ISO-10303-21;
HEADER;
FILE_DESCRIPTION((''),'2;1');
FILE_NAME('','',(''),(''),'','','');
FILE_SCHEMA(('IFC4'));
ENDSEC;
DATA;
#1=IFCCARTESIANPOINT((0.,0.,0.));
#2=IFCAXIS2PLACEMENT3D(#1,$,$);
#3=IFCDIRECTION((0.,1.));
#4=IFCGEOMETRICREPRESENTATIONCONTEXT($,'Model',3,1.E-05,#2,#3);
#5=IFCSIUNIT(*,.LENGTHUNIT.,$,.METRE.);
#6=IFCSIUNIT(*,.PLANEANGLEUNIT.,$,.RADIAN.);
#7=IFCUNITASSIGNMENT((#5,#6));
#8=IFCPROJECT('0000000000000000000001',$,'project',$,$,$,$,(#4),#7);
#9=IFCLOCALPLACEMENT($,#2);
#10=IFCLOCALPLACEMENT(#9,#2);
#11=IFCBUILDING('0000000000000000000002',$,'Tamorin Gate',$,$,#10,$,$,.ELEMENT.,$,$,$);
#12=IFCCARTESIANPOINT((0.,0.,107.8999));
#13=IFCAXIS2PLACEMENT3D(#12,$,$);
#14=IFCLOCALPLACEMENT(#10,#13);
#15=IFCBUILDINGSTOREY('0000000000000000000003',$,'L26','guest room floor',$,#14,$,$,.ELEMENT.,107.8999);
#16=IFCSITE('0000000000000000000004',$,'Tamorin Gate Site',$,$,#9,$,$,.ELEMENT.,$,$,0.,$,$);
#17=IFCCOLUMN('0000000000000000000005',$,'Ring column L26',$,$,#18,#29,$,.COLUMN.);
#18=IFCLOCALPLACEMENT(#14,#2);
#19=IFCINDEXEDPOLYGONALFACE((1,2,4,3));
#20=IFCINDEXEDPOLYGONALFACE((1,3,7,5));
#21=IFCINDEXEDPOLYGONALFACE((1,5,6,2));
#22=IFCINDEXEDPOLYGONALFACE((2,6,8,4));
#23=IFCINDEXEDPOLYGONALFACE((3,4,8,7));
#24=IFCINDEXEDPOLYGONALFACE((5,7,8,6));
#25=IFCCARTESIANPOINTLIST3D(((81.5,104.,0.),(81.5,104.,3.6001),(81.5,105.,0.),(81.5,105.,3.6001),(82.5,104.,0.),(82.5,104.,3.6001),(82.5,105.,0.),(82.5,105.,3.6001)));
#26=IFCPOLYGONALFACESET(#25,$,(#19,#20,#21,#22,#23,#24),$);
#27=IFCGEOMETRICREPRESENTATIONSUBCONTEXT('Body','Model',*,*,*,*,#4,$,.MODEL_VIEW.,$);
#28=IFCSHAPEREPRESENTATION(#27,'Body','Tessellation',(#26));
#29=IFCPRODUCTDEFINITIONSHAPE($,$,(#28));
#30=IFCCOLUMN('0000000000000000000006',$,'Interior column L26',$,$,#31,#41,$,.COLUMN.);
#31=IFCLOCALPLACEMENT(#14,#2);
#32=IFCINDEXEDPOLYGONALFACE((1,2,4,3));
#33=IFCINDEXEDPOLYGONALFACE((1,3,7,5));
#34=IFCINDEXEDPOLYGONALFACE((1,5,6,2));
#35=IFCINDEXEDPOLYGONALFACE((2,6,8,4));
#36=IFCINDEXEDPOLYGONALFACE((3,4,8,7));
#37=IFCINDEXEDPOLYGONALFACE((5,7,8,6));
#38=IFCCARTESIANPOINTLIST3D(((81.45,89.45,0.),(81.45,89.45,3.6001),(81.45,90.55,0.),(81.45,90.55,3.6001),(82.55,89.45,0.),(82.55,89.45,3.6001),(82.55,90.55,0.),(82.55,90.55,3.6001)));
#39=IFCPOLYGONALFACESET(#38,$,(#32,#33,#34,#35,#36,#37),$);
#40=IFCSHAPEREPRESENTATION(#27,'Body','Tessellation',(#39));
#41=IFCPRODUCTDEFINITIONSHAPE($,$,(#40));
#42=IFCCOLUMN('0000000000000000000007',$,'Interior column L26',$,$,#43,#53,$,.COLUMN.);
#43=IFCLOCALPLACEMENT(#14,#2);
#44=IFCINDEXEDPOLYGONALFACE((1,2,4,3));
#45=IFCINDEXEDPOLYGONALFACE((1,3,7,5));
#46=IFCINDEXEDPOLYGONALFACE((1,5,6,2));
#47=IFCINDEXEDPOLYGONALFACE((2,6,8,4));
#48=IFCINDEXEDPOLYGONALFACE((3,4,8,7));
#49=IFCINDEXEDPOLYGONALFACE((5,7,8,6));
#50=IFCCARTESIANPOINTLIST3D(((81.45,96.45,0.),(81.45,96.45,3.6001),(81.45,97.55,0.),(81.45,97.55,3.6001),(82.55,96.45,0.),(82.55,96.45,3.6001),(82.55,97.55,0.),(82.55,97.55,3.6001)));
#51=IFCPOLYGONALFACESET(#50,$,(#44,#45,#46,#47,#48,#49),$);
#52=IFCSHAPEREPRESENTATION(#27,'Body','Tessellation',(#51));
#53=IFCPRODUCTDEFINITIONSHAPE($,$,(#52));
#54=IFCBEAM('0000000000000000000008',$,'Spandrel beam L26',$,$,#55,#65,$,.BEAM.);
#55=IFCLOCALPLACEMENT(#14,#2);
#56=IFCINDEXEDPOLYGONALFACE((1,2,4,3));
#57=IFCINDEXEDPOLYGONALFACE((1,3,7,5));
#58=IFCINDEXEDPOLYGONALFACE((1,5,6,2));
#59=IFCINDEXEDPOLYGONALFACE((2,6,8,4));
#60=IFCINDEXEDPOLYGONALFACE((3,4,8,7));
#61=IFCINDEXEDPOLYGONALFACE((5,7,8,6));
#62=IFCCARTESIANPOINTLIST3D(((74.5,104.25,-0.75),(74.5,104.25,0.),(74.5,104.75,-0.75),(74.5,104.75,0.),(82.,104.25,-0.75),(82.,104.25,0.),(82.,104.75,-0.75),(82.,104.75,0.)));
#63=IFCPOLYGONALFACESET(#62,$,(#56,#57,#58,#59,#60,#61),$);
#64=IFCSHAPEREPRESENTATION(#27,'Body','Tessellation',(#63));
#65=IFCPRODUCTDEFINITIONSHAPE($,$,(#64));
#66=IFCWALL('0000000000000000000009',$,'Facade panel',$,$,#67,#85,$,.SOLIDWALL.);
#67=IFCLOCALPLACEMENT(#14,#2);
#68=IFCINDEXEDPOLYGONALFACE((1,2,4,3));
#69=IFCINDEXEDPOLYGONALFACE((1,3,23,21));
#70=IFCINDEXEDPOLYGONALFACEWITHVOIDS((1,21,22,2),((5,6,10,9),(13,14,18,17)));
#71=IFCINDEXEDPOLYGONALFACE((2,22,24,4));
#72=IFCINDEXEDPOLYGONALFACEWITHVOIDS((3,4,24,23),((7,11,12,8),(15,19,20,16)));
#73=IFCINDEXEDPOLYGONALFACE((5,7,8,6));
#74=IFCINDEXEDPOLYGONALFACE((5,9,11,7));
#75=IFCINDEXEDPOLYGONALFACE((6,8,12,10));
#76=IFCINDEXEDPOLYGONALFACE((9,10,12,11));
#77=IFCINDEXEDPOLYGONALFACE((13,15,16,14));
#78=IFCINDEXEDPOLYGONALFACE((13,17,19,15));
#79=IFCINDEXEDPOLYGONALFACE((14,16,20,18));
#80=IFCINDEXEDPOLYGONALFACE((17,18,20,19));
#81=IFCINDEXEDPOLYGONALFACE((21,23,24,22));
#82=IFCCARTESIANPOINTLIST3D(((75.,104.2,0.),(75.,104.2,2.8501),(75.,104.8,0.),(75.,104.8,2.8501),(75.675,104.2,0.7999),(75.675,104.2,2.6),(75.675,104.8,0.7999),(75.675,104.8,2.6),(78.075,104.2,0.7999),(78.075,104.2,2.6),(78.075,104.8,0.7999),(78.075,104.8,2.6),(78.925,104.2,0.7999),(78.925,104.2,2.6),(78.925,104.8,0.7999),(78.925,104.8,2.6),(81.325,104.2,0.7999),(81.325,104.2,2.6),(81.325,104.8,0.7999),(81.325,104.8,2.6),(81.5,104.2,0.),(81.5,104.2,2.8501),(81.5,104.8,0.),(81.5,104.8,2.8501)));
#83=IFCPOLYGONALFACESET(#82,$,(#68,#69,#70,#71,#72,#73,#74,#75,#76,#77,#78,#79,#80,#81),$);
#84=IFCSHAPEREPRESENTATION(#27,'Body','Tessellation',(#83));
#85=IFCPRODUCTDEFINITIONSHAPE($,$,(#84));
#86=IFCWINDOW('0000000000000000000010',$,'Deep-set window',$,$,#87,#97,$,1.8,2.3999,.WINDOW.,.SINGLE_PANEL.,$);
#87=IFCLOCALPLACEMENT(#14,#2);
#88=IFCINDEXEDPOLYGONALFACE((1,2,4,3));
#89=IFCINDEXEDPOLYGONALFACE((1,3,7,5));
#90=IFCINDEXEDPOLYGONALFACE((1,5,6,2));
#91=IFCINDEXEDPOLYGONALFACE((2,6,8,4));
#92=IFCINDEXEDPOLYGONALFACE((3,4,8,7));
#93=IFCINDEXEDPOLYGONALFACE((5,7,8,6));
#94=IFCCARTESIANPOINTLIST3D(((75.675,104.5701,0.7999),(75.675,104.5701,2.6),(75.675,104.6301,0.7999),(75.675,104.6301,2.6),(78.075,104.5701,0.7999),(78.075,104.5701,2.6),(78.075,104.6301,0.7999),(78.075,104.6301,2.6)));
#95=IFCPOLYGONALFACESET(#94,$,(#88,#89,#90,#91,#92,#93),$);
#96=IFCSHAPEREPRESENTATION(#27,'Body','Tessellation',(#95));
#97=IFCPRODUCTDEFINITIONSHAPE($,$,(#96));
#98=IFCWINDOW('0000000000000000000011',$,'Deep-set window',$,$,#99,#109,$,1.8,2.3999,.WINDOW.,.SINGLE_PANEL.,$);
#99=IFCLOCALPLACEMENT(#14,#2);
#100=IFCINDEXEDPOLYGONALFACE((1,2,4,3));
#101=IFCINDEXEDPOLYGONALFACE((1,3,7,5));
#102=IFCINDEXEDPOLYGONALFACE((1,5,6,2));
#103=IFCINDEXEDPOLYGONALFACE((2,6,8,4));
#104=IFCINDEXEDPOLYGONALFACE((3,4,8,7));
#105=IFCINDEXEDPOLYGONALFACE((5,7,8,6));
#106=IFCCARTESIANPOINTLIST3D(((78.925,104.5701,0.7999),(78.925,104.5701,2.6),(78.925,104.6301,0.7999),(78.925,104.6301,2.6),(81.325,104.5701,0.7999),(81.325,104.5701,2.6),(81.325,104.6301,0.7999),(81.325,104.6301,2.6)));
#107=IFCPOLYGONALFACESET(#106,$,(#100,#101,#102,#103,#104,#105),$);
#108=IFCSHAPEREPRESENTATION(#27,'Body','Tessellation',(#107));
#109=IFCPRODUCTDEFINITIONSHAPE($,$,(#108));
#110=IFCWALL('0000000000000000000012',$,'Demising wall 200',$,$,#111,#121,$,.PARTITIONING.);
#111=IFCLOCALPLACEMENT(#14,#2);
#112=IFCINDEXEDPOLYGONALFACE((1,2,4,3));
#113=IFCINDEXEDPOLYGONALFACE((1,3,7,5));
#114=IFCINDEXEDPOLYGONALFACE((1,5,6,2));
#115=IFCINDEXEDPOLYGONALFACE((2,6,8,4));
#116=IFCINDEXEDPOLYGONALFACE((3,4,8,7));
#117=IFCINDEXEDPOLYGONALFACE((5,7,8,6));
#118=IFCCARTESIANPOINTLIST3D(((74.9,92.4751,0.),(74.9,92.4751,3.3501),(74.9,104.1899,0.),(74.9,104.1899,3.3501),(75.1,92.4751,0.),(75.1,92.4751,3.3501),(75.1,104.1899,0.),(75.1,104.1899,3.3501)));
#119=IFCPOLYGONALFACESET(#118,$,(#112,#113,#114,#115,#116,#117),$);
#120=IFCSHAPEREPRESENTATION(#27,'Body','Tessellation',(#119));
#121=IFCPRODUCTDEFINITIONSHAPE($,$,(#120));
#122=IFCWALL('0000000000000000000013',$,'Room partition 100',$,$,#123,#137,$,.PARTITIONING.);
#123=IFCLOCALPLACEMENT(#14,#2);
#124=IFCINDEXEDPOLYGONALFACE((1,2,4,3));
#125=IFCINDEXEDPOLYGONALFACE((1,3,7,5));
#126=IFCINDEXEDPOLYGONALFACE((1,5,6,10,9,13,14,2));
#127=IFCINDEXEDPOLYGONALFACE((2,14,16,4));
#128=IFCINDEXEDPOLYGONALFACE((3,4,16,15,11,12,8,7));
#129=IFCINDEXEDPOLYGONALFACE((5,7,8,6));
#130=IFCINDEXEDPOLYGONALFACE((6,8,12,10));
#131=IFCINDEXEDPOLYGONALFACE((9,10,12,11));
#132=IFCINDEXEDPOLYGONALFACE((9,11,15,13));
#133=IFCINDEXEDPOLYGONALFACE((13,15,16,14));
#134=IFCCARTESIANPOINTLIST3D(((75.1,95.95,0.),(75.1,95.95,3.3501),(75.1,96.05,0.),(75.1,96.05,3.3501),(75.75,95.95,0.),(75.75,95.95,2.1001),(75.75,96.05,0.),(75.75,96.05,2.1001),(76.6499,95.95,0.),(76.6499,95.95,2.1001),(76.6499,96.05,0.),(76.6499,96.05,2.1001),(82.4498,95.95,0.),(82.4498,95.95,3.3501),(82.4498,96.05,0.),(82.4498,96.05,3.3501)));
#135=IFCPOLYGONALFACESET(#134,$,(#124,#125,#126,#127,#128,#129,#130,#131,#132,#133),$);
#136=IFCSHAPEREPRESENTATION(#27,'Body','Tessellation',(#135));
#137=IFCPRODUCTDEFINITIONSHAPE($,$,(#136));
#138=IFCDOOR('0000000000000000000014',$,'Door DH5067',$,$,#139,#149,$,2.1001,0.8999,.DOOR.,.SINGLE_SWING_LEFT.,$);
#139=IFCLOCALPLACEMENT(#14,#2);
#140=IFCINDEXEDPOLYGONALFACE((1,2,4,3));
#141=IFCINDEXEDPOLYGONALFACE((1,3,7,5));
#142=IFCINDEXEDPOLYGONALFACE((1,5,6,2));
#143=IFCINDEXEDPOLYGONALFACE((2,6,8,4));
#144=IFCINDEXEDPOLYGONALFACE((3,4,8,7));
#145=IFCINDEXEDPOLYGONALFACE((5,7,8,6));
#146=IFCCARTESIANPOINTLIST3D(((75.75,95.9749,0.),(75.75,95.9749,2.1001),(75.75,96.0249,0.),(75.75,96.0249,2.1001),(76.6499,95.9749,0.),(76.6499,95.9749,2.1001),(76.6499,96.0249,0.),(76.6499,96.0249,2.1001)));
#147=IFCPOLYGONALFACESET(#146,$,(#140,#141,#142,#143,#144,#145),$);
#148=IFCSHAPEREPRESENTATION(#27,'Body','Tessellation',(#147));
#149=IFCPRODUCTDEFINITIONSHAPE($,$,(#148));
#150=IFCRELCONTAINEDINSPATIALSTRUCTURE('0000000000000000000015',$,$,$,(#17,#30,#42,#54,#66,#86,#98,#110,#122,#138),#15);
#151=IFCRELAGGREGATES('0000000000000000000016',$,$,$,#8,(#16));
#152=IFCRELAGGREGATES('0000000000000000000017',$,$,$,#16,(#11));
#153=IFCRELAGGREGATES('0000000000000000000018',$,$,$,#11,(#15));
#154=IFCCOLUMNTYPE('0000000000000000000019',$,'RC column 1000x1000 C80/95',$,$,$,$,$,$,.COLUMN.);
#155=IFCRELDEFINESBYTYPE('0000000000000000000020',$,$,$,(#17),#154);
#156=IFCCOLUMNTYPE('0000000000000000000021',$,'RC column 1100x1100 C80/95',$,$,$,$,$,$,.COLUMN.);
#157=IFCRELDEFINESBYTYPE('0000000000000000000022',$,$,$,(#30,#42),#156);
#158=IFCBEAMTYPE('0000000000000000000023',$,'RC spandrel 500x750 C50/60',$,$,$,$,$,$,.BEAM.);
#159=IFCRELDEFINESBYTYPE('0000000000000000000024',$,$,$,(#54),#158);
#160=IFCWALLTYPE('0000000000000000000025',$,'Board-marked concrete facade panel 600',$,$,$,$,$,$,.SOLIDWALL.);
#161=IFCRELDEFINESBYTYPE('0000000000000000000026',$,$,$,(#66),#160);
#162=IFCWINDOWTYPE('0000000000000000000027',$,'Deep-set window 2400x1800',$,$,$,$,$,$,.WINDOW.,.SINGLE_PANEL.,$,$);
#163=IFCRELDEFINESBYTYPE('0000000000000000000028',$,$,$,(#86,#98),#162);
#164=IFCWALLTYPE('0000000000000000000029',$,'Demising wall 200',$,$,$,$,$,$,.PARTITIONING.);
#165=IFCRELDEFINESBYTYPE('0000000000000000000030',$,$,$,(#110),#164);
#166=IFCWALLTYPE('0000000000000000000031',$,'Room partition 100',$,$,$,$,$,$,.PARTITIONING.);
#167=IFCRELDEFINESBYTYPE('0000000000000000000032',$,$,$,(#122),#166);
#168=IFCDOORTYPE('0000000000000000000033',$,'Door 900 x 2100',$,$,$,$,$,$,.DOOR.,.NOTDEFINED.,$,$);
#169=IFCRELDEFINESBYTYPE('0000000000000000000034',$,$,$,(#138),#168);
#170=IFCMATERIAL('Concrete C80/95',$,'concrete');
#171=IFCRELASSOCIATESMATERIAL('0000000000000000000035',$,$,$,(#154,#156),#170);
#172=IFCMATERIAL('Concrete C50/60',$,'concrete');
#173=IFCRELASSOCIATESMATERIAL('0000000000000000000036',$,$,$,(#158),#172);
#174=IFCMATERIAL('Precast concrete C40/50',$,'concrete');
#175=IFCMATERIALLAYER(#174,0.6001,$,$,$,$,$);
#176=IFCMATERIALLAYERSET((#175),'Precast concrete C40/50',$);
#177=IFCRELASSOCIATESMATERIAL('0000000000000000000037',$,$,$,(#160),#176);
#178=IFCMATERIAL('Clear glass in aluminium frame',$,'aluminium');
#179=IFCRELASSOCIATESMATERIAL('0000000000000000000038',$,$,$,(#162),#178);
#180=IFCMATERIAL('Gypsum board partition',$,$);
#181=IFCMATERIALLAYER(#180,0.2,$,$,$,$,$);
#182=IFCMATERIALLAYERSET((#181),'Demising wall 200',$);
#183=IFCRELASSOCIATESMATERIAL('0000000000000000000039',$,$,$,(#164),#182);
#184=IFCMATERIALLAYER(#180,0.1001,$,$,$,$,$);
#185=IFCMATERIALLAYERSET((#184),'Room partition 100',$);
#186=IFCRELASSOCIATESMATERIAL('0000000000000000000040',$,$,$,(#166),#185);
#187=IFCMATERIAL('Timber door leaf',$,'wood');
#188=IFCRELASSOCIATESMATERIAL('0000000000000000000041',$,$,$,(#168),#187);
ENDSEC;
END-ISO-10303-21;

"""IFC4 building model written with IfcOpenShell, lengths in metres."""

from ifc_helpers import new_model, si_unit, direction, frame, frame_2d, origin, origin_2d, place, context, subcontext, project, spatial, rectangle, extrude, material, layer, layer_set, material_profile, profile_set, type_object, element, fill, save


model = new_model("IFC4")

# Units and contexts
model_context = context("Model", 3, precision=1e-05, world=origin(), true_north=direction((0.0, 1.0)))
body_context = subcontext(model_context, "Body", "Model", "MODEL_VIEW")
ifc_project = project(units=[si_unit("LENGTHUNIT", "METRE"), si_unit("PLANEANGLEUNIT", "RADIAN")], contexts=[model_context])

# Site, building, storey
site_placement = place(None, origin())
site = spatial("IfcSite", under=ifc_project, at=site_placement, Name="Tamorin Gate Site", CompositionType="ELEMENT", RefElevation=0.0)
building_placement = place(site_placement, origin())
building = spatial("IfcBuilding", under=site, at=building_placement, Name="Tamorin Gate", CompositionType="ELEMENT")
storey_placement = place(building_placement, frame((0.0, 0.0, 107.8999)))
storey = spatial("IfcBuildingStorey", under=building, at=storey_placement, Name="L26", Description="guest room floor", CompositionType="ELEMENT", Elevation=107.8999)

# Columns
ifc_material_1 = material(Name="Concrete C80/95", Category="concrete")
ifc_material_profile_1 = material_profile(ifc_material_1, rectangle(XDim=1.0, YDim=1.0, at=origin_2d()), Name="RC 1000x1000")
ifc_profile_set_1 = profile_set([ifc_material_profile_1], Name="Concrete C80/95")
column_type_1 = type_object("IfcColumnType", Name="RC column 1000x1000 C80/95", PredefinedType="COLUMN", material=ifc_profile_set_1)
column_placement = place(storey_placement, frame((82.0, 104.5, 0.0), z_axis=(0.0, 0.0, 1.0), x_axis=(1.0, 0.0, 0.0)))
element("IfcColumn", 1, at=column_placement, inside=storey, type_object=column_type_1, Name="Ring column L26", PredefinedType="COLUMN", context=body_context, shape_type="SweptSolid", body=[
    extrude(rectangle(XDim=1.0, YDim=1.0, at=origin_2d()), origin(), (0.0, 0.0, 1.0), 3.6001),
])
ifc_material_profile_2 = material_profile(ifc_material_1, rectangle(XDim=1.1001, YDim=1.1001, at=origin_2d()), Name="RC 1100x1100")
ifc_profile_set_2 = profile_set([ifc_material_profile_2], Name="Concrete C80/95")
column_type_2 = type_object("IfcColumnType", Name="RC column 1100x1100 C80/95", PredefinedType="COLUMN", material=ifc_profile_set_2)
for number, where, z_axis, x_axis, name in (
    (2, (82.0, 90.0, 0.0), (0.0, 0.0, 1.0), (1.0, 0.0, 0.0), "Interior column L26"),
    (3, (82.0, 97.0, 0.0), (0.0, 0.0, 1.0), (1.0, 0.0, 0.0), "Interior column L26"),
):
    element("IfcColumn", number, at=place(storey_placement, frame(where, z_axis=z_axis, x_axis=x_axis)), inside=storey, type_object=column_type_2, Name=name, PredefinedType="COLUMN", context=body_context, shape_type="SweptSolid", body=[
        extrude(rectangle(XDim=1.1001, YDim=1.1001, at=origin_2d()), origin(), (0.0, 0.0, 1.0), 3.6001),
    ])

# Beam
ifc_material_2 = material(Name="Concrete C50/60", Category="concrete")
ifc_material_profile_3 = material_profile(ifc_material_2, rectangle(XDim=0.5, YDim=0.75, at=origin_2d()), Name="RC 500x750")
ifc_profile_set_3 = profile_set([ifc_material_profile_3], Name="Concrete C50/60")
beam_type = type_object("IfcBeamType", Name="RC spandrel 500x750 C50/60", PredefinedType="BEAM", material=ifc_profile_set_3)
beam_placement = place(storey_placement, frame((82.0, 104.5, -0.375), z_axis=(-1.0, 0.0, 0.0), x_axis=(0.0, -1.0, 0.0)))
element("IfcBeam", 4, at=beam_placement, inside=storey, type_object=beam_type, Name="Spandrel beam L26", PredefinedType="BEAM", context=body_context, shape_type="SweptSolid", body=[
    extrude(rectangle(XDim=0.5, YDim=0.75, at=origin_2d()), origin(), (0.0, 0.0, 1.0), 7.5),
])

# Wall, openings, windows
ifc_material_3 = material(Name="Precast concrete C40/50", Category="concrete")
ifc_layer_1 = layer(ifc_material_3, 0.6001)
ifc_layer_set_1 = layer_set([ifc_layer_1], Name="Precast concrete C40/50")
wall_type_1 = type_object("IfcWallType", Name="Board-marked concrete facade panel 600", PredefinedType="SOLIDWALL", material=ifc_layer_set_1)
wall_1_placement = place(storey_placement, frame((81.5, 104.5, 0.0), z_axis=(0.0, 0.0, 1.0), x_axis=(-1.0, 0.0, 0.0)))
wall_1 = element("IfcWall", 5, at=wall_1_placement, inside=storey, type_object=wall_type_1, Name="Facade panel", PredefinedType="SOLIDWALL", context=body_context, shape_type="SweptSolid", body=[
    extrude(rectangle(XDim=6.5, YDim=0.6001, at=frame_2d((3.25, 0.0))), origin(), (0.0, 0.0, 1.0), 2.8501),
])
opening_1_placement = place(wall_1_placement, frame((3.425, 0.0, 0.8)))
opening_1 = element("IfcOpeningElement", 6, at=opening_1_placement, cuts=wall_1, PredefinedType="OPENING", context=body_context, shape_type="SweptSolid", body=[
    extrude(rectangle(XDim=2.3999, YDim=1.8, at=frame_2d((1.2, 0.8999))), frame((0.0, 0.3101, 0.0), z_axis=(0.0, -1.0, 0.0), x_axis=(1.0, 0.0, 0.0)), (0.0, 0.0, 1.0), 0.6201),
])
opening_2_placement = place(wall_1_placement, frame((0.175, 0.0, 0.8)))
opening_2 = element("IfcOpeningElement", 7, at=opening_2_placement, cuts=wall_1, PredefinedType="OPENING", context=body_context, shape_type="SweptSolid", body=[
    extrude(rectangle(XDim=2.3999, YDim=1.8, at=frame_2d((1.2, 0.8999))), frame((0.0, 0.3101, 0.0), z_axis=(0.0, -1.0, 0.0), x_axis=(1.0, 0.0, 0.0)), (0.0, 0.0, 1.0), 0.6201),
])
ifc_material_4 = material(Name="Clear glass in aluminium frame", Category="aluminium")
window_type = type_object("IfcWindowType", Name="Deep-set window 2400x1800", PartitioningType="SINGLE_PANEL", PredefinedType="WINDOW", material=ifc_material_4)
window_1_placement = place(opening_1_placement, origin())
window_1 = element("IfcWindow", 8, at=window_1_placement, inside=storey, type_object=window_type, Name="Deep-set window", OverallHeight=1.8, OverallWidth=2.3999, PartitioningType="SINGLE_PANEL", PredefinedType="WINDOW", context=body_context, shape_type="SweptSolid", body=[
    extrude(rectangle(XDim=2.3999, YDim=1.8, at=frame_2d((1.2, 0.8999))), frame((0.0, -0.0701, 0.0), z_axis=(0.0, -1.0, 0.0), x_axis=(1.0, 0.0, 0.0)), (0.0, 0.0, 1.0), 0.0601),
])
fill(opening_1, window_1)
window_2_placement = place(opening_2_placement, origin())
window_2 = element("IfcWindow", 9, at=window_2_placement, inside=storey, type_object=window_type, Name="Deep-set window", OverallHeight=1.8, OverallWidth=2.3999, PartitioningType="SINGLE_PANEL", PredefinedType="WINDOW", context=body_context, shape_type="SweptSolid", body=[
    extrude(rectangle(XDim=2.3999, YDim=1.8, at=frame_2d((1.2, 0.8999))), frame((0.0, -0.0701, 0.0), z_axis=(0.0, -1.0, 0.0), x_axis=(1.0, 0.0, 0.0)), (0.0, 0.0, 1.0), 0.0601),
])
fill(opening_2, window_2)

# Wall
ifc_material_5 = material(Name="Gypsum board partition")
ifc_layer_2 = layer(ifc_material_5, 0.2)
ifc_layer_set_2 = layer_set([ifc_layer_2], Name="Demising wall 200")
wall_type_2 = type_object("IfcWallType", Name="Demising wall 200", PredefinedType="PARTITIONING", material=ifc_layer_set_2)
wall_2_placement = place(storey_placement, frame((75.0, 92.4751, 0.0), z_axis=(0.0, 0.0, 1.0), x_axis=(0.0, 1.0, 0.0)))
element("IfcWall", 10, at=wall_2_placement, inside=storey, type_object=wall_type_2, Name="Demising wall 200", PredefinedType="PARTITIONING", context=body_context, shape_type="SweptSolid", body=[
    extrude(rectangle(XDim=11.7148, YDim=0.2, at=frame_2d((5.8574, 0.0))), origin(), (0.0, 0.0, 1.0), 3.3501),
])

# Wall, opening, door
ifc_layer_3 = layer(ifc_material_5, 0.1001)
ifc_layer_set_3 = layer_set([ifc_layer_3], Name="Room partition 100")
wall_type_3 = type_object("IfcWallType", Name="Room partition 100", PredefinedType="PARTITIONING", material=ifc_layer_set_3)
wall_3_placement = place(storey_placement, frame((75.1001, 96.0, 0.0), z_axis=(0.0, 0.0, 1.0), x_axis=(1.0, 0.0, 0.0)))
wall_3 = element("IfcWall", 11, at=wall_3_placement, inside=storey, type_object=wall_type_3, Name="Room partition 100", PredefinedType="PARTITIONING", context=body_context, shape_type="SweptSolid", body=[
    extrude(rectangle(XDim=7.3499, YDim=0.1001, at=frame_2d((3.6748, 0.0))), origin(), (0.0, 0.0, 1.0), 3.3501),
])
opening_3_placement = place(wall_3_placement, frame((0.6499, 0.0, 0.0)))
opening_3 = element("IfcOpeningElement", 12, at=opening_3_placement, cuts=wall_3, PredefinedType="OPENING", context=body_context, shape_type="SweptSolid", body=[
    extrude(rectangle(XDim=0.8999, YDim=2.1001, at=frame_2d((0.45, 1.05))), frame((0.0, 0.0601, 0.0), z_axis=(0.0, -1.0, 0.0), x_axis=(1.0, 0.0, 0.0)), (0.0, 0.0, 1.0), 0.1201),
])
ifc_material_6 = material(Name="Timber door leaf", Category="wood")
door_type = type_object("IfcDoorType", Name="Door 900 x 2100", OperationType="NOTDEFINED", PredefinedType="DOOR", material=ifc_material_6)
door_1_placement = place(opening_3_placement, origin())
door_1 = element("IfcDoor", 13, at=door_1_placement, inside=storey, type_object=door_type, Name="Door DH5067", OperationType="SINGLE_SWING_LEFT", OverallHeight=2.1001, OverallWidth=0.8999, PredefinedType="DOOR", context=body_context, shape_type="SweptSolid", body=[
    extrude(rectangle(XDim=0.8999, YDim=2.1001, at=frame_2d((0.45, 1.05))), frame((0.0, 0.0249, 0.0), z_axis=(0.0, -1.0, 0.0), x_axis=(1.0, 0.0, 0.0)), (0.0, 0.0, 1.0), 0.05),
])
fill(opening_3, door_1)

save(model, "model.ifc")
